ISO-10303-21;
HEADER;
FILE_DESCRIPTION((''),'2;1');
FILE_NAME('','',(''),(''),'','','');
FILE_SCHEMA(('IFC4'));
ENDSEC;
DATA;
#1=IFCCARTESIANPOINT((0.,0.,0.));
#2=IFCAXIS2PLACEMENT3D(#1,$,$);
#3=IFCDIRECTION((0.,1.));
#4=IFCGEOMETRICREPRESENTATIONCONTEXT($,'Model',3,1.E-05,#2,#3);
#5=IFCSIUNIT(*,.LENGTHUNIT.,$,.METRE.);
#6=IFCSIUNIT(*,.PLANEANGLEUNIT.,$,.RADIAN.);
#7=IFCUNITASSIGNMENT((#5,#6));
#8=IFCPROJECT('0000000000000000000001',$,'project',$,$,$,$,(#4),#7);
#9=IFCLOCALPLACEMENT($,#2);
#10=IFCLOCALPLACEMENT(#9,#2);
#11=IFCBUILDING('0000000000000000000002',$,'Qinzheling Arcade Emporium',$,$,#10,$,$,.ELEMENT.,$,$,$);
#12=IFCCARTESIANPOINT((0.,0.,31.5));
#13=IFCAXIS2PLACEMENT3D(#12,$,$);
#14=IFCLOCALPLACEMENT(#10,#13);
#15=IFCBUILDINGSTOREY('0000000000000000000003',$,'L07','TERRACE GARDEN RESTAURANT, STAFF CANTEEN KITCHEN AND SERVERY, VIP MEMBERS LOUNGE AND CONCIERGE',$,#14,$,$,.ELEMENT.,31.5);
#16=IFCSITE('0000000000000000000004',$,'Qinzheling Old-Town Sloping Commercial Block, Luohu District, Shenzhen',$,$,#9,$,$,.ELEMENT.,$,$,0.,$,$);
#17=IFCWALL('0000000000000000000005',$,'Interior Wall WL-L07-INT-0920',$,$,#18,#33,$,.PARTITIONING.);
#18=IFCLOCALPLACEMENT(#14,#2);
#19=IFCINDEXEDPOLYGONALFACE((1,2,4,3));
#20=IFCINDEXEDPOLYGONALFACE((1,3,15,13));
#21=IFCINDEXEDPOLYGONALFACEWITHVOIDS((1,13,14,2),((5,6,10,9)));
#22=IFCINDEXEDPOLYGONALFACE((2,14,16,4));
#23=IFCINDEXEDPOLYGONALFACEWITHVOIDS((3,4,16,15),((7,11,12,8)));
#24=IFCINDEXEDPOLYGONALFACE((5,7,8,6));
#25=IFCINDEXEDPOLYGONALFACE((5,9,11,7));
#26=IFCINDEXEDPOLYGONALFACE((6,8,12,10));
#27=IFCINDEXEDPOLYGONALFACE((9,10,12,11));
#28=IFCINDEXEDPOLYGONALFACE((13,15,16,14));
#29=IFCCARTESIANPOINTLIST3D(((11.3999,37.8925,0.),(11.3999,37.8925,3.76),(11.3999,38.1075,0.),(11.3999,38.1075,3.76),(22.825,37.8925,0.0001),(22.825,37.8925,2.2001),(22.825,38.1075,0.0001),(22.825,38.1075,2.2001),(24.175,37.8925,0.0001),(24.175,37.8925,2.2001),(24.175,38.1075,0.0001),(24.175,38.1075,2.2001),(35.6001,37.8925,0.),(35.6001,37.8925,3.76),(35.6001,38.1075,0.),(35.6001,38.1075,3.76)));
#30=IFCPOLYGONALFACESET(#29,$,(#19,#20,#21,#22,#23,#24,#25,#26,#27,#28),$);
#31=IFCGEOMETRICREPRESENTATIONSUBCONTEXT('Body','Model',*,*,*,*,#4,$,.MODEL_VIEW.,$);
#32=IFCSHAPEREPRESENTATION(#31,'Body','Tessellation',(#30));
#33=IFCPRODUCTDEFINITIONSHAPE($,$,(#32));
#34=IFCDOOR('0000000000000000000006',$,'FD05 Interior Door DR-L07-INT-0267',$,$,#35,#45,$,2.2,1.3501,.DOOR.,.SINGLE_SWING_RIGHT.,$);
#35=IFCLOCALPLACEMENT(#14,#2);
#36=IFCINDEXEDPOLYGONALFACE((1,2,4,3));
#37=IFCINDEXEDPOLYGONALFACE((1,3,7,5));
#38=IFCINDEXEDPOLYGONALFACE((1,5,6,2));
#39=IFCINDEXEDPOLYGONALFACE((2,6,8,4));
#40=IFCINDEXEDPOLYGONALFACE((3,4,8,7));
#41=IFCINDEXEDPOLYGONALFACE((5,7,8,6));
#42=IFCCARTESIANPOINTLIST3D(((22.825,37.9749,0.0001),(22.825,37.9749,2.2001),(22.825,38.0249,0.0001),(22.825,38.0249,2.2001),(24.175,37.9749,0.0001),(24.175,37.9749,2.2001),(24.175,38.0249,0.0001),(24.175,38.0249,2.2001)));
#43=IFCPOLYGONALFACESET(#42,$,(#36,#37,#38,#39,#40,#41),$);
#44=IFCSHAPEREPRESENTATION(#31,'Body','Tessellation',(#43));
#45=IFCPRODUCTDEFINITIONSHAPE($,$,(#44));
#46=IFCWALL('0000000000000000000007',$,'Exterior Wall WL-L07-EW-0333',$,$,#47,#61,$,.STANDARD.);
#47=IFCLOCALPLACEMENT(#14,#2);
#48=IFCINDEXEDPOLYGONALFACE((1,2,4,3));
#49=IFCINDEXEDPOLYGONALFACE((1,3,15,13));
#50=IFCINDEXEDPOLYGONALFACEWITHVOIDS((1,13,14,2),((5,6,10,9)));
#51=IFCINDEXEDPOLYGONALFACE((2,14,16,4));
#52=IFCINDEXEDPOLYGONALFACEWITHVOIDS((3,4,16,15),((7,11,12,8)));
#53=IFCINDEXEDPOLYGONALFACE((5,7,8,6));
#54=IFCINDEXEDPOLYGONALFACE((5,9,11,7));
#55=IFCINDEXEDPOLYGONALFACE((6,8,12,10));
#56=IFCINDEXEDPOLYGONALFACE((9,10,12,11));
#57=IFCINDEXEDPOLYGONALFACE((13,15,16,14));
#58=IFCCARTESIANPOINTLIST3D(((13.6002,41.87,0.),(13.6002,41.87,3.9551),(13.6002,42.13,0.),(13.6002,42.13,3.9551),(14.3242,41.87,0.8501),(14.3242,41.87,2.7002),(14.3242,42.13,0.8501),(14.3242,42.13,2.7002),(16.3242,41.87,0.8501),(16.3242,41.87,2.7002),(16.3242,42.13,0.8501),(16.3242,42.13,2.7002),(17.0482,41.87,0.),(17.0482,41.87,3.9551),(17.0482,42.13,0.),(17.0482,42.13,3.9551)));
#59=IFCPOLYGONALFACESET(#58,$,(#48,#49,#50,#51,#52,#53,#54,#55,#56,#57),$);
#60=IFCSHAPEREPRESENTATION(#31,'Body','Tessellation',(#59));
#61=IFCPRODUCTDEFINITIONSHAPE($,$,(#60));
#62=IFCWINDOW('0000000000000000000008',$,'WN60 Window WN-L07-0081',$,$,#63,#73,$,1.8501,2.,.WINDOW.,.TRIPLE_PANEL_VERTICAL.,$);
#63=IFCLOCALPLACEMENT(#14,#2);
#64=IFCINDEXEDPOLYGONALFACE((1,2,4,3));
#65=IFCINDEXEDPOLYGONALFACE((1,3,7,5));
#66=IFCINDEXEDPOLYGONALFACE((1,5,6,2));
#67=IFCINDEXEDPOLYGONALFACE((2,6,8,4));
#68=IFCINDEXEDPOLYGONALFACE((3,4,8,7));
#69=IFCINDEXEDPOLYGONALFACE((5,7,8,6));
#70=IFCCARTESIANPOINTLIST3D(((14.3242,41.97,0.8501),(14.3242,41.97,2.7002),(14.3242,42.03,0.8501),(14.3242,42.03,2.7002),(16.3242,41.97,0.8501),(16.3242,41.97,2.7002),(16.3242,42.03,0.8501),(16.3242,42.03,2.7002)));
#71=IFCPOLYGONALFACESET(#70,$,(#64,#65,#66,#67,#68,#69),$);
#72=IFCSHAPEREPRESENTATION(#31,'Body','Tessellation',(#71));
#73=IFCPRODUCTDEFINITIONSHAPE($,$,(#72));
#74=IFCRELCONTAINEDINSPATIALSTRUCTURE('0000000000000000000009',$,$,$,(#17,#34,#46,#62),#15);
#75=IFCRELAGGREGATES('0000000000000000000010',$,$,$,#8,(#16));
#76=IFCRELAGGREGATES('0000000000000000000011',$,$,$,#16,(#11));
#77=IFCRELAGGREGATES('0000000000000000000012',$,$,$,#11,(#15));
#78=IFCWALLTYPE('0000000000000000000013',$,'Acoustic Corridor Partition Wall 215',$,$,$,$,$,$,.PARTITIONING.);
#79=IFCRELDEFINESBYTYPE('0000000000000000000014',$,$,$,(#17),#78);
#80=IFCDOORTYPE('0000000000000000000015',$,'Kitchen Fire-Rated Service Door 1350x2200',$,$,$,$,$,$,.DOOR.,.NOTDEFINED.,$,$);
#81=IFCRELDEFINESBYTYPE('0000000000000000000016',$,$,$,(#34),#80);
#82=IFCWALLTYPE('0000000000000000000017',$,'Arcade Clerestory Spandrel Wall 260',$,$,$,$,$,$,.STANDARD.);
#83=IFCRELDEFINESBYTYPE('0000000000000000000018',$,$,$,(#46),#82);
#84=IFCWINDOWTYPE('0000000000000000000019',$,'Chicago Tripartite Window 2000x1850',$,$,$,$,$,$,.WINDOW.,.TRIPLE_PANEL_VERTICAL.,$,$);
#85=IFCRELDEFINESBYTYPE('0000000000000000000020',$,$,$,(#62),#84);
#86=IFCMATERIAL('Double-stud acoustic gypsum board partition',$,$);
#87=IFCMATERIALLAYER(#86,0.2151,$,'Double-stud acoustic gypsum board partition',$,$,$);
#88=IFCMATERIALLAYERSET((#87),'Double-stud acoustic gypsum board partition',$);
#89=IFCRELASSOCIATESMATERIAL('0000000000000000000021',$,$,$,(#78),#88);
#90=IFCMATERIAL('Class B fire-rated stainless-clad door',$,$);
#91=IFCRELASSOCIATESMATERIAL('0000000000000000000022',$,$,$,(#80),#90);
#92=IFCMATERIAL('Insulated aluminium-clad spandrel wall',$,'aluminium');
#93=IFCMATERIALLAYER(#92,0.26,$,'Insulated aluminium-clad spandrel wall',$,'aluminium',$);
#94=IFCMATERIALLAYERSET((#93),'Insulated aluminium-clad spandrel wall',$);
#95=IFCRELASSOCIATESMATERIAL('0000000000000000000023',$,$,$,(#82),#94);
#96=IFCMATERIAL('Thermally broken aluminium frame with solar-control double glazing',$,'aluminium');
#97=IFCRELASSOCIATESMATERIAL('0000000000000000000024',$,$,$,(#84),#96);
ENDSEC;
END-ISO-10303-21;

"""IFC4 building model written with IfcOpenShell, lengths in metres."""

from ifc_helpers import new_model, si_unit, direction, frame, frame_2d, origin, place, context, subcontext, project, spatial, rectangle, extrude, material, layer, layer_set, type_object, element, fill, save


model = new_model("IFC4")

# Units and contexts
model_context = context("Model", 3, precision=1e-05, world=origin(), true_north=direction((0.0, 1.0)))
body_context = subcontext(model_context, "Body", "Model", "MODEL_VIEW")
ifc_project = project(units=[si_unit("LENGTHUNIT", "METRE"), si_unit("PLANEANGLEUNIT", "RADIAN")], contexts=[model_context])

# Site, building, storey
site_placement = place(None, origin())
site = spatial("IfcSite", under=ifc_project, at=site_placement, Name="Qinzheling Old-Town Sloping Commercial Block, Luohu District, Shenzhen", CompositionType="ELEMENT", RefElevation=0.0)
building_placement = place(site_placement, origin())
building = spatial("IfcBuilding", under=site, at=building_placement, Name="Qinzheling Arcade Emporium", CompositionType="ELEMENT")
storey_placement = place(building_placement, frame((0.0, 0.0, 31.5)))
storey = spatial("IfcBuildingStorey", under=building, at=storey_placement, Name="L07", Description="TERRACE GARDEN RESTAURANT, STAFF CANTEEN KITCHEN AND SERVERY, VIP MEMBERS LOUNGE AND CONCIERGE", CompositionType="ELEMENT", Elevation=31.5)

# Shared definitions
ifc_material_1 = material(Name="Double-stud acoustic gypsum board partition")
ifc_layer_1 = layer(ifc_material_1, 0.2151, Name="Double-stud acoustic gypsum board partition")
ifc_layer_set_1 = layer_set([ifc_layer_1], Name="Double-stud acoustic gypsum board partition")
wall_type_1 = type_object("IfcWallType", Name="Acoustic Corridor Partition Wall 215", PredefinedType="PARTITIONING", material=ifc_layer_set_1)

# Wall, opening, door
wall_1_placement = place(storey_placement, frame((11.3999, 38.0, 0.0), z_axis=(0.0, 0.0, 1.0), x_axis=(1.0, 0.0, 0.0)))
wall_1 = element("IfcWall", 1, at=wall_1_placement, inside=storey, type_object=wall_type_1, Name="Interior Wall WL-L07-INT-0920", PredefinedType="PARTITIONING", context=body_context, shape_type="SweptSolid", body=[
    extrude(rectangle(XDim=24.2002, YDim=0.2151, at=frame_2d((12.1001, 0.0))), origin(), (0.0, 0.0, 1.0), 3.76),
])
opening_1_placement = place(wall_1_placement, frame((11.425, 0.0, 0.0)))
opening_1 = element("IfcOpeningElement", 2, at=opening_1_placement, cuts=wall_1, PredefinedType="OPENING", context=body_context, shape_type="SweptSolid", body=[
    extrude(rectangle(XDim=1.3501, YDim=2.2, at=frame_2d((0.675, 1.1001))), frame((0.0, 0.1177, 0.0), z_axis=(0.0, -1.0, 0.0), x_axis=(1.0, 0.0, 0.0)), (0.0, 0.0, 1.0), 0.2351),
])
ifc_material_2 = material(Name="Class B fire-rated stainless-clad door")
door_type = type_object("IfcDoorType", Name="Kitchen Fire-Rated Service Door 1350x2200", OperationType="NOTDEFINED", PredefinedType="DOOR", material=ifc_material_2)
door_placement = place(opening_1_placement, origin())
door = element("IfcDoor", 3, at=door_placement, inside=storey, type_object=door_type, Name="FD05 Interior Door DR-L07-INT-0267", OperationType="SINGLE_SWING_RIGHT", OverallHeight=2.2, OverallWidth=1.3501, PredefinedType="DOOR", context=body_context, shape_type="SweptSolid", body=[
    extrude(rectangle(XDim=1.3501, YDim=2.2, at=frame_2d((0.675, 1.1001))), frame((0.0, 0.0249, 0.0), z_axis=(0.0, -1.0, 0.0), x_axis=(1.0, 0.0, 0.0)), (0.0, 0.0, 1.0), 0.05),
])
fill(opening_1, door)

# Wall, opening, window
ifc_material_3 = material(Name="Insulated aluminium-clad spandrel wall", Category="aluminium")
ifc_layer_2 = layer(ifc_material_3, 0.26, Name="Insulated aluminium-clad spandrel wall", Category="aluminium")
ifc_layer_set_2 = layer_set([ifc_layer_2], Name="Insulated aluminium-clad spandrel wall")
wall_type_2 = type_object("IfcWallType", Name="Arcade Clerestory Spandrel Wall 260", PredefinedType="STANDARD", material=ifc_layer_set_2)
wall_2_placement = place(storey_placement, frame((13.6001, 42.0, 0.0), z_axis=(0.0, 0.0, 1.0), x_axis=(1.0, 0.0, 0.0)))
wall_2 = element("IfcWall", 4, at=wall_2_placement, inside=storey, type_object=wall_type_2, Name="Exterior Wall WL-L07-EW-0333", PredefinedType="STANDARD", context=body_context, shape_type="SweptSolid", body=[
    extrude(rectangle(XDim=3.448, YDim=0.26, at=frame_2d((1.7241, 0.0))), origin(), (0.0, 0.0, 1.0), 3.9551),
])
opening_2_placement = place(wall_2_placement, frame((0.7241, 0.0, 0.8501)))
opening_2 = element("IfcOpeningElement", 5, at=opening_2_placement, cuts=wall_2, PredefinedType="OPENING", context=body_context, shape_type="SweptSolid", body=[
    extrude(rectangle(XDim=2.0, YDim=1.8501, at=frame_2d((1.0, 0.925))), frame((0.0, 0.1401, 0.0), z_axis=(0.0, -1.0, 0.0), x_axis=(1.0, 0.0, 0.0)), (0.0, 0.0, 1.0), 0.28),
])
ifc_material_4 = material(Name="Thermally broken aluminium frame with solar-control double glazing", Category="aluminium")
window_type = type_object("IfcWindowType", Name="Chicago Tripartite Window 2000x1850", PartitioningType="TRIPLE_PANEL_VERTICAL", PredefinedType="WINDOW", material=ifc_material_4)
window_placement = place(opening_2_placement, origin())
window = element("IfcWindow", 6, at=window_placement, inside=storey, type_object=window_type, Name="WN60 Window WN-L07-0081", OverallHeight=1.8501, OverallWidth=2.0, PartitioningType="TRIPLE_PANEL_VERTICAL", PredefinedType="WINDOW", context=body_context, shape_type="SweptSolid", body=[
    extrude(rectangle(XDim=2.0, YDim=1.8501, at=frame_2d((1.0, 0.925))), frame((0.0, 0.03, 0.0), z_axis=(0.0, -1.0, 0.0), x_axis=(1.0, 0.0, 0.0)), (0.0, 0.0, 1.0), 0.0601),
])
fill(opening_2, window)

save(model, "model.ifc")
